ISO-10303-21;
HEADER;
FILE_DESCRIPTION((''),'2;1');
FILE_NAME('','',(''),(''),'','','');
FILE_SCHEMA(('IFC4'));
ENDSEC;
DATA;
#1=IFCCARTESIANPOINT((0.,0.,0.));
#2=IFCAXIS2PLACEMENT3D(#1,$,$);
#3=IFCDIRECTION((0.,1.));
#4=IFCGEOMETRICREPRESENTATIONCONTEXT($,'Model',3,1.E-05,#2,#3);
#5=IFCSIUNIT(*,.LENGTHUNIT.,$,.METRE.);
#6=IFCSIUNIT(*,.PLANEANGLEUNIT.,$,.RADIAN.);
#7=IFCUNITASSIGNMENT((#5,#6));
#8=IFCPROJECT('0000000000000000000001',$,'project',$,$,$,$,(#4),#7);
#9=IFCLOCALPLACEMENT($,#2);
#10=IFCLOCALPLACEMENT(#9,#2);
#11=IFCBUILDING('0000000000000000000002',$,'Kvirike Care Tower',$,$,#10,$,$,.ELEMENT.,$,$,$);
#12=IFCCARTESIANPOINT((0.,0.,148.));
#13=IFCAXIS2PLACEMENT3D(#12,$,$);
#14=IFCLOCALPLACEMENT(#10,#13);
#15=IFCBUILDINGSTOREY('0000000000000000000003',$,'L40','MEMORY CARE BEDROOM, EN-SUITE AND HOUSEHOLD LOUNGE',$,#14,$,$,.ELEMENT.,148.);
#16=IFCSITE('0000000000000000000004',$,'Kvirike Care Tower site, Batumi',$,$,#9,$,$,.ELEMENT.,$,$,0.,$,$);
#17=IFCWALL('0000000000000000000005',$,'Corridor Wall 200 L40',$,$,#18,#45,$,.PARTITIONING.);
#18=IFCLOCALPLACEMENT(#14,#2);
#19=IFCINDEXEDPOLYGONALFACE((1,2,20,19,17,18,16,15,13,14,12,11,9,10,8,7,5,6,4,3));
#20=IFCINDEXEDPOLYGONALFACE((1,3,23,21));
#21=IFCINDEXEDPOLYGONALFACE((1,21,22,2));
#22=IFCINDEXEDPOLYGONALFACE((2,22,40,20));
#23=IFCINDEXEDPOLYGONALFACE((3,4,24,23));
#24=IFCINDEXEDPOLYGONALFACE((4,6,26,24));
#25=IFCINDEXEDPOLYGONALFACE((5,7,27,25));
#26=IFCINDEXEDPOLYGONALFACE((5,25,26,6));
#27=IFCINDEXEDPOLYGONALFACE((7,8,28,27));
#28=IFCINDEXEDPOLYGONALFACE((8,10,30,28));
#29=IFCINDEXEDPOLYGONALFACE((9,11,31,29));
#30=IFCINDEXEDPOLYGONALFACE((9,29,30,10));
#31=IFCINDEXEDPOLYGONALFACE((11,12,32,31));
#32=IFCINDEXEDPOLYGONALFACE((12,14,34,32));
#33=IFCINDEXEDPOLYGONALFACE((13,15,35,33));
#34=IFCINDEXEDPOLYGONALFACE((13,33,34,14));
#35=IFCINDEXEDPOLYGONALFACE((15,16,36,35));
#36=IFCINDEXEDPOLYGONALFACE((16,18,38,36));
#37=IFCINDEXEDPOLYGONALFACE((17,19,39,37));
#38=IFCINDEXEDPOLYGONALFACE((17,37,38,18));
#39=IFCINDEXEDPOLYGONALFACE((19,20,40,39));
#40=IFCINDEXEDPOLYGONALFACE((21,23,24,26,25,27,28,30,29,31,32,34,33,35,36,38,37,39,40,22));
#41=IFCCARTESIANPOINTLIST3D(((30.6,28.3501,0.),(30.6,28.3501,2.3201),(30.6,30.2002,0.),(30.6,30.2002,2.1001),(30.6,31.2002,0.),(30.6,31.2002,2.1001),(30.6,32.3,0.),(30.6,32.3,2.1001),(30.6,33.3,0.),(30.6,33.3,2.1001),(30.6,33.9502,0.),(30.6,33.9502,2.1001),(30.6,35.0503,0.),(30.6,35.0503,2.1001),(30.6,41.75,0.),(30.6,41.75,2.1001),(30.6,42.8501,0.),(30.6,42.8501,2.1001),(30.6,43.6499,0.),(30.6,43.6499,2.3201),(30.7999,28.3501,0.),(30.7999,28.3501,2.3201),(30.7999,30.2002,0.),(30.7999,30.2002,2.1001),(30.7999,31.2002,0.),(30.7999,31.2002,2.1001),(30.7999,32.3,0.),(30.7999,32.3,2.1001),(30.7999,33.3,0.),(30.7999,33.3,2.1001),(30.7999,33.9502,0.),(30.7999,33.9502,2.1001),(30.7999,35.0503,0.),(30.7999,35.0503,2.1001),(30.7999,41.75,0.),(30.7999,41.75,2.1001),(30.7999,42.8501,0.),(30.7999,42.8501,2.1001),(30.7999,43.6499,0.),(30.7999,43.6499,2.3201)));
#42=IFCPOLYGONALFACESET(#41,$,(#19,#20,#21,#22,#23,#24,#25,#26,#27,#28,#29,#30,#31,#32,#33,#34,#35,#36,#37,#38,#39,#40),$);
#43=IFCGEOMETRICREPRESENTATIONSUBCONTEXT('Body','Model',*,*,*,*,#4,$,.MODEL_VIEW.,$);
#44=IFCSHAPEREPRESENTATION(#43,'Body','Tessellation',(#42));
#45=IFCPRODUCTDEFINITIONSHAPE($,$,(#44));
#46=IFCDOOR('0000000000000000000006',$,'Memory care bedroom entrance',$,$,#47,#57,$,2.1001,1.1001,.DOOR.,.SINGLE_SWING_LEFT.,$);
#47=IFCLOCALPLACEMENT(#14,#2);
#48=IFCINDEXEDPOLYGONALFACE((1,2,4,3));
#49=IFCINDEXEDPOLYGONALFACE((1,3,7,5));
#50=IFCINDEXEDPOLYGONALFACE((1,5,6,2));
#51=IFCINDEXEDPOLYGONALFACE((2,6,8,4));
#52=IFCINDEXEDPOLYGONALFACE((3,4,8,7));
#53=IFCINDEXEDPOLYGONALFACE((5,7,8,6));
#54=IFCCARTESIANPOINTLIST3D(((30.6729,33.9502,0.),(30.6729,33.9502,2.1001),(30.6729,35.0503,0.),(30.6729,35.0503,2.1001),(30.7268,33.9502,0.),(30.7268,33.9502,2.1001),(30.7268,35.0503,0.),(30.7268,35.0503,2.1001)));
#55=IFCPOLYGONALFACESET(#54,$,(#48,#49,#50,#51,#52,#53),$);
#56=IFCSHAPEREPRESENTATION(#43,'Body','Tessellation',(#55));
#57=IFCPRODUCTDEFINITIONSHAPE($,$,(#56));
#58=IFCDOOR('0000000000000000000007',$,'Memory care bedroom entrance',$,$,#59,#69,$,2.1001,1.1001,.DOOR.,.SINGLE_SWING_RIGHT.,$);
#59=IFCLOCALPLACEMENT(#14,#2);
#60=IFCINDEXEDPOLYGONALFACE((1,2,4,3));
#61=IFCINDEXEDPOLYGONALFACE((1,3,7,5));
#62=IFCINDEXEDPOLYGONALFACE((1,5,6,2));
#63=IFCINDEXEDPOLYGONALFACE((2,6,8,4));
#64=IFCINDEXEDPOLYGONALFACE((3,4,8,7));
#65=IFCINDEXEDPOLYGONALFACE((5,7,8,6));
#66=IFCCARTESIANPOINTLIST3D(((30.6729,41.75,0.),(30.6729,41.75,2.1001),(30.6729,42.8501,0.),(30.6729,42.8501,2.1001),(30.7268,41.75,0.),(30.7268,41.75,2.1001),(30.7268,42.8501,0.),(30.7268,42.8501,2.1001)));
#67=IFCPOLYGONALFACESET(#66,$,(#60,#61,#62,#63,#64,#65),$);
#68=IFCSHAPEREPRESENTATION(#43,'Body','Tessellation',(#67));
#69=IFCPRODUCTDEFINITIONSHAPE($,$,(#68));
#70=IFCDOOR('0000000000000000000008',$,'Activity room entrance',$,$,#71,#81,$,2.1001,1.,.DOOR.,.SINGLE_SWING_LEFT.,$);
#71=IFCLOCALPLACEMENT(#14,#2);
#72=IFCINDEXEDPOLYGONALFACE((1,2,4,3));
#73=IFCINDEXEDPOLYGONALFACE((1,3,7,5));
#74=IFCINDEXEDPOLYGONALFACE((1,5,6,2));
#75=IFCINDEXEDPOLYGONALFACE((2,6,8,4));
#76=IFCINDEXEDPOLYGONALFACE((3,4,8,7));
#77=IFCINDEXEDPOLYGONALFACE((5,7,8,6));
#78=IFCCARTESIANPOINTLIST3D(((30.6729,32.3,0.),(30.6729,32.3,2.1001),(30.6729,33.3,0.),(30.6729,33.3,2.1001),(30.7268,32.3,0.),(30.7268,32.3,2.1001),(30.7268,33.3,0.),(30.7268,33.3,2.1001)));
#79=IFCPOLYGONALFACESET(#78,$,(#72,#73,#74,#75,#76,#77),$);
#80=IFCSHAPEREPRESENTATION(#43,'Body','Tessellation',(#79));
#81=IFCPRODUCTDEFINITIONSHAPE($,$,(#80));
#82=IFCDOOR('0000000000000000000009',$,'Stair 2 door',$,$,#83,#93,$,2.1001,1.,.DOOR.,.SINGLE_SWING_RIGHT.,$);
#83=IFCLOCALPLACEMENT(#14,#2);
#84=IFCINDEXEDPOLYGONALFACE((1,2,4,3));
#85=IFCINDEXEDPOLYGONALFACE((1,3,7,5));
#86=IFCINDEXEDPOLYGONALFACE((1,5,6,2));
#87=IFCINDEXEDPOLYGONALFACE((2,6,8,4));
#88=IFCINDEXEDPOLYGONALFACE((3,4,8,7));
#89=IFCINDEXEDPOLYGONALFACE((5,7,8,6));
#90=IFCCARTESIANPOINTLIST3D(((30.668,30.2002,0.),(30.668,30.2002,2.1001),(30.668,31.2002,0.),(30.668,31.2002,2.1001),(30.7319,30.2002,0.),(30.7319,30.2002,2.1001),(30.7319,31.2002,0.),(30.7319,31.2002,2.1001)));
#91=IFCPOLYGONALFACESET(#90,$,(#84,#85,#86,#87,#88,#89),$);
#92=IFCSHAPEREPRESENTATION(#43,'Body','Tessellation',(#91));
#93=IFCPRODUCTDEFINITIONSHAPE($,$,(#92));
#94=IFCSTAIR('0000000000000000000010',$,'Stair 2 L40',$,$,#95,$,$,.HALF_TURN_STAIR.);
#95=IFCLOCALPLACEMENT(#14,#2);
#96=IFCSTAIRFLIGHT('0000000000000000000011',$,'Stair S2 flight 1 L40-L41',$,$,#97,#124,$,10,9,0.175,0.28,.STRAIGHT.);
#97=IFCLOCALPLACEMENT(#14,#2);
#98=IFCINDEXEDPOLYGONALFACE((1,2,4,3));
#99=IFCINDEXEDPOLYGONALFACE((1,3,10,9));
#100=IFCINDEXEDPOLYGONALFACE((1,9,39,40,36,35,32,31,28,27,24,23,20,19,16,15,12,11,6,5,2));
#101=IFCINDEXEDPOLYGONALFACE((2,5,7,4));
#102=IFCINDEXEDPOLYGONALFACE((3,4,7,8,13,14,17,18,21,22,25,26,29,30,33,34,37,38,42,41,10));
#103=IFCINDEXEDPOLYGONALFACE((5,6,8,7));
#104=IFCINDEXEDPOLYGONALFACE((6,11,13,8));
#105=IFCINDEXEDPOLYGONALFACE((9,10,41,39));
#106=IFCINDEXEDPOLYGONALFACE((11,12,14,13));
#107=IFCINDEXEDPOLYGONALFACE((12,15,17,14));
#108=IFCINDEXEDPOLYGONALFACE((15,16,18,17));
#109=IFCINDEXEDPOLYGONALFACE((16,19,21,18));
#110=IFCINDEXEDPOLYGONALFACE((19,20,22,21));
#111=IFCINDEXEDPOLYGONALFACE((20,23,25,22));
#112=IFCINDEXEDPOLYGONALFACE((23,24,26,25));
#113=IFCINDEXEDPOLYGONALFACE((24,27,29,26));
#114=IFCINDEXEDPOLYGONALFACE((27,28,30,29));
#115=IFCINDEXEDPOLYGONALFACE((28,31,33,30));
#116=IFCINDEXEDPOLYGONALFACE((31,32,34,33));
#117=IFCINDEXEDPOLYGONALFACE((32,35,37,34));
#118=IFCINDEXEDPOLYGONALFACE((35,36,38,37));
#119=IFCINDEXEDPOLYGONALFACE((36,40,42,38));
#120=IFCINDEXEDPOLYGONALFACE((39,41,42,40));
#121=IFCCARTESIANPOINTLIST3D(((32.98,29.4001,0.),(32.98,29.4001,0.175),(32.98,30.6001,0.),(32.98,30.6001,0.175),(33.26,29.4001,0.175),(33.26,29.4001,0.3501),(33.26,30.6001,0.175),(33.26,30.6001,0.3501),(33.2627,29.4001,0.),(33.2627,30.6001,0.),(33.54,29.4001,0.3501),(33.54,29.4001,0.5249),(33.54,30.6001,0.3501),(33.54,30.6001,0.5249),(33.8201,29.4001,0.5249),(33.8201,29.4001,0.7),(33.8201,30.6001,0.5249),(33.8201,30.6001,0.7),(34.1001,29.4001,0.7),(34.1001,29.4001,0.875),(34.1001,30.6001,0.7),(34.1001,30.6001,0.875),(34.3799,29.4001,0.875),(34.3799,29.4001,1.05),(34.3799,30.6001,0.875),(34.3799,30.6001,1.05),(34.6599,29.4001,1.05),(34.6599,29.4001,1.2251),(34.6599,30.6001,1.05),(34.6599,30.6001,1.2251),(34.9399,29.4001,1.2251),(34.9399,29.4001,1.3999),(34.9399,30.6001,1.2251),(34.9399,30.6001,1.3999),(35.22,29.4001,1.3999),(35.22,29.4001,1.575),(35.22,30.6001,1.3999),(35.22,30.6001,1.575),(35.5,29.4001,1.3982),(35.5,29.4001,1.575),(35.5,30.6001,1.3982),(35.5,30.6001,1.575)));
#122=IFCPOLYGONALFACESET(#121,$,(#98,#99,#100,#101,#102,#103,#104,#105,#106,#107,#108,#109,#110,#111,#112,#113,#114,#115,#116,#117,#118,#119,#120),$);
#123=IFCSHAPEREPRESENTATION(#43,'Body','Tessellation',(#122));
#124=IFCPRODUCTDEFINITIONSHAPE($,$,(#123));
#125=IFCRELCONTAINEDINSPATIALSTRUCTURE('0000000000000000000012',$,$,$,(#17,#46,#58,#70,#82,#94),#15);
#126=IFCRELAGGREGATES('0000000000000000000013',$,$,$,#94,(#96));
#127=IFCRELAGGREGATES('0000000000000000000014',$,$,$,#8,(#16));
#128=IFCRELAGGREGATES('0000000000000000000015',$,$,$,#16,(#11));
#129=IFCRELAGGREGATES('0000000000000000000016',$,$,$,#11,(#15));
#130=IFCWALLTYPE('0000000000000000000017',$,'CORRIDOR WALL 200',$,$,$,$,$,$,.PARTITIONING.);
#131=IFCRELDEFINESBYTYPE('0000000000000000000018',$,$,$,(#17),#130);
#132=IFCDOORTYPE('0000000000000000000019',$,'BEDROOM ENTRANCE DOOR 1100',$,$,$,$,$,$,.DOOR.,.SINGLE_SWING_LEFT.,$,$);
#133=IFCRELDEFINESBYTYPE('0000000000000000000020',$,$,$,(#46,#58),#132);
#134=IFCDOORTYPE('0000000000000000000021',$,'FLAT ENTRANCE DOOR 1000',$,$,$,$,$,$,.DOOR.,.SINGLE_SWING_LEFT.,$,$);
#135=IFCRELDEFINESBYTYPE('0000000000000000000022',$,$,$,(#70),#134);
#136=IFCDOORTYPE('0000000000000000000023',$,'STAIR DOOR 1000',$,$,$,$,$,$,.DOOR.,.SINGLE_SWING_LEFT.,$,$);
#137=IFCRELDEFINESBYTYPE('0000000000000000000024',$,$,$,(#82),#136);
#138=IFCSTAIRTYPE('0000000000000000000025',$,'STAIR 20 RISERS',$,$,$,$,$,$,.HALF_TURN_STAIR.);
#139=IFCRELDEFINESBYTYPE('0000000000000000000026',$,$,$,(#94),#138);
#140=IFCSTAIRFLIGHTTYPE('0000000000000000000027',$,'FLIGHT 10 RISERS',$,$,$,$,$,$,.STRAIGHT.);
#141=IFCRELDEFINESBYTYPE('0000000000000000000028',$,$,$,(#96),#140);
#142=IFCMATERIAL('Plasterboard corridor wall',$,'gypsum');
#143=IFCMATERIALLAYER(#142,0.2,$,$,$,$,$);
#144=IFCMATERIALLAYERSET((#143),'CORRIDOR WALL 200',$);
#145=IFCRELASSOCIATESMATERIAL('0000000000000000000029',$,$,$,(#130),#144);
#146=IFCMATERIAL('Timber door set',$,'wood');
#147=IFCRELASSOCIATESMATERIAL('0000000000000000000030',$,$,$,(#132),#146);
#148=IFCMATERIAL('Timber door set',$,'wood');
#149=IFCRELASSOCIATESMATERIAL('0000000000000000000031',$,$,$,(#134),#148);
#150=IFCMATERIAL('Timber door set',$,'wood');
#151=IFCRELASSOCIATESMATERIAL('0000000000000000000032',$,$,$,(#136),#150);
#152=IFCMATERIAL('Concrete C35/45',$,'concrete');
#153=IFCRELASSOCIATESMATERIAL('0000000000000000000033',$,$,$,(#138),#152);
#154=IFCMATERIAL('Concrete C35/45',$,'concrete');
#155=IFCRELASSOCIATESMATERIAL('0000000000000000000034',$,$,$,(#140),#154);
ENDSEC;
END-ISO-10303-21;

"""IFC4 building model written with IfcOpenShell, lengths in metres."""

from ifc_helpers import new_model, si_unit, direction, frame, frame_2d, origin, place, context, subcontext, project, spatial, polyline, rectangle, outline, extrude, material, layer, layer_set, type_object, element, fill, aggregate, save


model = new_model("IFC4")

# Units and contexts
model_context = context("Model", 3, precision=1e-05, world=origin(), true_north=direction((0.0, 1.0)))
body_context = subcontext(model_context, "Body", "Model", "MODEL_VIEW")
ifc_project = project(units=[si_unit("LENGTHUNIT", "METRE"), si_unit("PLANEANGLEUNIT", "RADIAN")], contexts=[model_context])

# Site, building, storey
site_placement = place(None, origin())
site = spatial("IfcSite", under=ifc_project, at=site_placement, Name="Kvirike Care Tower site, Batumi", CompositionType="ELEMENT", RefElevation=0.0)
building_placement = place(site_placement, origin())
building = spatial("IfcBuilding", under=site, at=building_placement, Name="Kvirike Care Tower", CompositionType="ELEMENT")
storey_placement = place(building_placement, frame((0.0, 0.0, 148.0)))
storey = spatial("IfcBuildingStorey", under=building, at=storey_placement, Name="L40", Description="MEMORY CARE BEDROOM, EN-SUITE AND HOUSEHOLD LOUNGE", CompositionType="ELEMENT", Elevation=148.0)

# Wall, openings, doors
ifc_material_1 = material(Name="Plasterboard corridor wall", Category="gypsum")
ifc_layer_1 = layer(ifc_material_1, 0.2)
ifc_layer_set_1 = layer_set([ifc_layer_1], Name="CORRIDOR WALL 200")
wall_type = type_object("IfcWallType", Name="CORRIDOR WALL 200", PredefinedType="PARTITIONING", material=ifc_layer_set_1)
wall_placement = place(storey_placement, frame((30.7, 28.3501, 0.0), z_axis=(0.0, 0.0, 1.0), x_axis=(0.0, 1.0, 0.0)))
wall = element("IfcWall", 1, at=wall_placement, inside=storey, type_object=wall_type, Name="Corridor Wall 200 L40", PredefinedType="PARTITIONING", context=body_context, shape_type="SweptSolid", body=[
    extrude(rectangle(XDim=15.2998, YDim=0.2, at=frame_2d((7.6499, 0.0))), origin(), (0.0, 0.0, 1.0), 2.3201),
])
opening_1_placement = place(wall_placement, frame((1.8501, 0.0, 0.0)))
opening_1 = element("IfcOpeningElement", 2, at=opening_1_placement, cuts=wall, PredefinedType="OPENING", context=body_context, shape_type="SweptSolid", body=[
    extrude(rectangle(XDim=1.0, YDim=2.1001, at=frame_2d((0.5, 1.05))), frame((0.0, 0.1106, 0.0), z_axis=(0.0, -1.0, 0.0), x_axis=(1.0, 0.0, 0.0)), (0.0, 0.0, 1.0), 0.2209),
])
opening_2_placement = place(wall_placement, frame((3.95, 0.0, 0.0)))
opening_2 = element("IfcOpeningElement", 3, at=opening_2_placement, cuts=wall, PredefinedType="OPENING", context=body_context, shape_type="SweptSolid", body=[
    extrude(rectangle(XDim=1.0, YDim=2.1001, at=frame_2d((0.5, 1.05))), frame((0.0, 0.1106, 0.0), z_axis=(0.0, -1.0, 0.0), x_axis=(1.0, 0.0, 0.0)), (0.0, 0.0, 1.0), 0.2209),
])
opening_3_placement = place(wall_placement, frame((5.6001, 0.0, 0.0)))
opening_3 = element("IfcOpeningElement", 4, at=opening_3_placement, cuts=wall, PredefinedType="OPENING", context=body_context, shape_type="SweptSolid", body=[
    extrude(rectangle(XDim=1.1001, YDim=2.1001, at=frame_2d((0.55, 1.05))), frame((0.0, 0.1106, 0.0), z_axis=(0.0, -1.0, 0.0), x_axis=(1.0, 0.0, 0.0)), (0.0, 0.0, 1.0), 0.2209),
])
opening_4_placement = place(wall_placement, frame((13.3999, 0.0, 0.0)))
opening_4 = element("IfcOpeningElement", 5, at=opening_4_placement, cuts=wall, PredefinedType="OPENING", context=body_context, shape_type="SweptSolid", body=[
    extrude(rectangle(XDim=1.1001, YDim=2.1001, at=frame_2d((0.55, 1.05))), frame((0.0, 0.1106, 0.0), z_axis=(0.0, -1.0, 0.0), x_axis=(1.0, 0.0, 0.0)), (0.0, 0.0, 1.0), 0.2209),
])
ifc_material_2 = material(Name="Timber door set", Category="wood")
door_type_1 = type_object("IfcDoorType", Name="BEDROOM ENTRANCE DOOR 1100", OperationType="SINGLE_SWING_LEFT", PredefinedType="DOOR", material=ifc_material_2)
door_1_placement = place(opening_3_placement, frame((1.1001, 0.0, 0.0), z_axis=(0.0, 0.0, 1.0), x_axis=(-1.0, 0.0, 0.0)))
door_1 = element("IfcDoor", 6, at=door_1_placement, inside=storey, type_object=door_type_1, Name="Memory care bedroom entrance", OperationType="SINGLE_SWING_LEFT", OverallHeight=2.1001, OverallWidth=1.1001, PredefinedType="DOOR", context=body_context, shape_type="SweptSolid", body=[
    extrude(rectangle(XDim=1.1001, YDim=2.1001, at=frame_2d((0.55, 1.05))), frame((0.0, 0.0269, 0.0), z_axis=(0.0, -1.0, 0.0), x_axis=(1.0, 0.0, 0.0)), (0.0, 0.0, 1.0), 0.054),
])
fill(opening_3, door_1)
door_2_placement = place(opening_4_placement, frame((1.1001, 0.0, 0.0), z_axis=(0.0, 0.0, 1.0), x_axis=(-1.0, 0.0, 0.0)))
door_2 = element("IfcDoor", 7, at=door_2_placement, inside=storey, type_object=door_type_1, Name="Memory care bedroom entrance", OperationType="SINGLE_SWING_RIGHT", OverallHeight=2.1001, OverallWidth=1.1001, PredefinedType="DOOR", context=body_context, shape_type="SweptSolid", body=[
    extrude(rectangle(XDim=1.1001, YDim=2.1001, at=frame_2d((0.55, 1.05))), frame((0.0, 0.0269, 0.0), z_axis=(0.0, -1.0, 0.0), x_axis=(1.0, 0.0, 0.0)), (0.0, 0.0, 1.0), 0.054),
])
fill(opening_4, door_2)
ifc_material_3 = material(Name="Timber door set", Category="wood")
door_type_2 = type_object("IfcDoorType", Name="FLAT ENTRANCE DOOR 1000", OperationType="SINGLE_SWING_LEFT", PredefinedType="DOOR", material=ifc_material_3)
door_3_placement = place(opening_2_placement, frame((1.0, 0.0, 0.0), z_axis=(0.0, 0.0, 1.0), x_axis=(-1.0, 0.0, 0.0)))
door_3 = element("IfcDoor", 8, at=door_3_placement, inside=storey, type_object=door_type_2, Name="Activity room entrance", OperationType="SINGLE_SWING_LEFT", OverallHeight=2.1001, OverallWidth=1.0, PredefinedType="DOOR", context=body_context, shape_type="SweptSolid", body=[
    extrude(rectangle(XDim=1.0, YDim=2.1001, at=frame_2d((0.5, 1.05))), frame((0.0, 0.0269, 0.0), z_axis=(0.0, -1.0, 0.0), x_axis=(1.0, 0.0, 0.0)), (0.0, 0.0, 1.0), 0.054),
])
fill(opening_2, door_3)
ifc_material_4 = material(Name="Timber door set", Category="wood")
door_type_3 = type_object("IfcDoorType", Name="STAIR DOOR 1000", OperationType="SINGLE_SWING_LEFT", PredefinedType="DOOR", material=ifc_material_4)
door_4_placement = place(opening_1_placement, frame((1.0, 0.0, 0.0), z_axis=(0.0, 0.0, 1.0), x_axis=(-1.0, 0.0, 0.0)))
door_4 = element("IfcDoor", 9, at=door_4_placement, inside=storey, type_object=door_type_3, Name="Stair 2 door", OperationType="SINGLE_SWING_RIGHT", OverallHeight=2.1001, OverallWidth=1.0, PredefinedType="DOOR", context=body_context, shape_type="SweptSolid", body=[
    extrude(rectangle(XDim=1.0, YDim=2.1001, at=frame_2d((0.5, 1.05))), frame((0.0, 0.032, 0.0), z_axis=(0.0, -1.0, 0.0), x_axis=(1.0, 0.0, 0.0)), (0.0, 0.0, 1.0), 0.064),
])
fill(opening_1, door_4)

# Stair, stair flight
ifc_material_5 = material(Name="Concrete C35/45", Category="concrete")
stair_type = type_object("IfcStairType", Name="STAIR 20 RISERS", PredefinedType="HALF_TURN_STAIR", material=ifc_material_5)
stair_placement = place(storey_placement, origin())
stair = element("IfcStair", 10, at=stair_placement, inside=storey, type_object=stair_type, Name="Stair 2 L40", PredefinedType="HALF_TURN_STAIR")
ifc_material_6 = material(Name="Concrete C35/45", Category="concrete")
stair_flight_type = type_object("IfcStairFlightType", Name="FLIGHT 10 RISERS", PredefinedType="STRAIGHT", material=ifc_material_6)
stair_flight_placement = place(storey_placement, frame((32.98, 30.0, 0.0), z_axis=(0.0, 0.0, 1.0), x_axis=(1.0, 0.0, 0.0)))
stair_flight = element("IfcStairFlight", 11, at=stair_flight_placement, type_object=stair_flight_type, Name="Stair S2 flight 1 L40-L41", NumberOfRisers=10, NumberOfTreads=9, PredefinedType="STRAIGHT", RiserHeight=0.175, TreadLength=0.28, context=body_context, shape_type="SweptSolid", body=[
    extrude(outline(polyline([(0.0, 0.0), (0.0, 0.175), (0.28, 0.175), (0.28, 0.3501), (0.5601, 0.3501), (0.5601, 0.5249), (0.8401, 0.5249), (0.8401, 0.7), (1.1201, 0.7), (1.1201, 0.875), (1.3999, 0.875), (1.3999, 1.05), (1.6799, 1.05), (1.6799, 1.2251), (1.96, 1.2251), (1.96, 1.3999), (2.24, 1.3999), (2.24, 1.575), (2.52, 1.575), (2.52, 1.75), (2.52, 1.3982), (0.2827, 0.0), (0.0, 0.0)])), frame((0.0, 0.6001, 0.0), z_axis=(0.0, -1.0, 0.0), x_axis=(1.0, 0.0, 0.0)), (0.0, 0.0, 1.0), 1.2),
])
aggregate(stair, [stair_flight])

save(model, "model.ifc")
